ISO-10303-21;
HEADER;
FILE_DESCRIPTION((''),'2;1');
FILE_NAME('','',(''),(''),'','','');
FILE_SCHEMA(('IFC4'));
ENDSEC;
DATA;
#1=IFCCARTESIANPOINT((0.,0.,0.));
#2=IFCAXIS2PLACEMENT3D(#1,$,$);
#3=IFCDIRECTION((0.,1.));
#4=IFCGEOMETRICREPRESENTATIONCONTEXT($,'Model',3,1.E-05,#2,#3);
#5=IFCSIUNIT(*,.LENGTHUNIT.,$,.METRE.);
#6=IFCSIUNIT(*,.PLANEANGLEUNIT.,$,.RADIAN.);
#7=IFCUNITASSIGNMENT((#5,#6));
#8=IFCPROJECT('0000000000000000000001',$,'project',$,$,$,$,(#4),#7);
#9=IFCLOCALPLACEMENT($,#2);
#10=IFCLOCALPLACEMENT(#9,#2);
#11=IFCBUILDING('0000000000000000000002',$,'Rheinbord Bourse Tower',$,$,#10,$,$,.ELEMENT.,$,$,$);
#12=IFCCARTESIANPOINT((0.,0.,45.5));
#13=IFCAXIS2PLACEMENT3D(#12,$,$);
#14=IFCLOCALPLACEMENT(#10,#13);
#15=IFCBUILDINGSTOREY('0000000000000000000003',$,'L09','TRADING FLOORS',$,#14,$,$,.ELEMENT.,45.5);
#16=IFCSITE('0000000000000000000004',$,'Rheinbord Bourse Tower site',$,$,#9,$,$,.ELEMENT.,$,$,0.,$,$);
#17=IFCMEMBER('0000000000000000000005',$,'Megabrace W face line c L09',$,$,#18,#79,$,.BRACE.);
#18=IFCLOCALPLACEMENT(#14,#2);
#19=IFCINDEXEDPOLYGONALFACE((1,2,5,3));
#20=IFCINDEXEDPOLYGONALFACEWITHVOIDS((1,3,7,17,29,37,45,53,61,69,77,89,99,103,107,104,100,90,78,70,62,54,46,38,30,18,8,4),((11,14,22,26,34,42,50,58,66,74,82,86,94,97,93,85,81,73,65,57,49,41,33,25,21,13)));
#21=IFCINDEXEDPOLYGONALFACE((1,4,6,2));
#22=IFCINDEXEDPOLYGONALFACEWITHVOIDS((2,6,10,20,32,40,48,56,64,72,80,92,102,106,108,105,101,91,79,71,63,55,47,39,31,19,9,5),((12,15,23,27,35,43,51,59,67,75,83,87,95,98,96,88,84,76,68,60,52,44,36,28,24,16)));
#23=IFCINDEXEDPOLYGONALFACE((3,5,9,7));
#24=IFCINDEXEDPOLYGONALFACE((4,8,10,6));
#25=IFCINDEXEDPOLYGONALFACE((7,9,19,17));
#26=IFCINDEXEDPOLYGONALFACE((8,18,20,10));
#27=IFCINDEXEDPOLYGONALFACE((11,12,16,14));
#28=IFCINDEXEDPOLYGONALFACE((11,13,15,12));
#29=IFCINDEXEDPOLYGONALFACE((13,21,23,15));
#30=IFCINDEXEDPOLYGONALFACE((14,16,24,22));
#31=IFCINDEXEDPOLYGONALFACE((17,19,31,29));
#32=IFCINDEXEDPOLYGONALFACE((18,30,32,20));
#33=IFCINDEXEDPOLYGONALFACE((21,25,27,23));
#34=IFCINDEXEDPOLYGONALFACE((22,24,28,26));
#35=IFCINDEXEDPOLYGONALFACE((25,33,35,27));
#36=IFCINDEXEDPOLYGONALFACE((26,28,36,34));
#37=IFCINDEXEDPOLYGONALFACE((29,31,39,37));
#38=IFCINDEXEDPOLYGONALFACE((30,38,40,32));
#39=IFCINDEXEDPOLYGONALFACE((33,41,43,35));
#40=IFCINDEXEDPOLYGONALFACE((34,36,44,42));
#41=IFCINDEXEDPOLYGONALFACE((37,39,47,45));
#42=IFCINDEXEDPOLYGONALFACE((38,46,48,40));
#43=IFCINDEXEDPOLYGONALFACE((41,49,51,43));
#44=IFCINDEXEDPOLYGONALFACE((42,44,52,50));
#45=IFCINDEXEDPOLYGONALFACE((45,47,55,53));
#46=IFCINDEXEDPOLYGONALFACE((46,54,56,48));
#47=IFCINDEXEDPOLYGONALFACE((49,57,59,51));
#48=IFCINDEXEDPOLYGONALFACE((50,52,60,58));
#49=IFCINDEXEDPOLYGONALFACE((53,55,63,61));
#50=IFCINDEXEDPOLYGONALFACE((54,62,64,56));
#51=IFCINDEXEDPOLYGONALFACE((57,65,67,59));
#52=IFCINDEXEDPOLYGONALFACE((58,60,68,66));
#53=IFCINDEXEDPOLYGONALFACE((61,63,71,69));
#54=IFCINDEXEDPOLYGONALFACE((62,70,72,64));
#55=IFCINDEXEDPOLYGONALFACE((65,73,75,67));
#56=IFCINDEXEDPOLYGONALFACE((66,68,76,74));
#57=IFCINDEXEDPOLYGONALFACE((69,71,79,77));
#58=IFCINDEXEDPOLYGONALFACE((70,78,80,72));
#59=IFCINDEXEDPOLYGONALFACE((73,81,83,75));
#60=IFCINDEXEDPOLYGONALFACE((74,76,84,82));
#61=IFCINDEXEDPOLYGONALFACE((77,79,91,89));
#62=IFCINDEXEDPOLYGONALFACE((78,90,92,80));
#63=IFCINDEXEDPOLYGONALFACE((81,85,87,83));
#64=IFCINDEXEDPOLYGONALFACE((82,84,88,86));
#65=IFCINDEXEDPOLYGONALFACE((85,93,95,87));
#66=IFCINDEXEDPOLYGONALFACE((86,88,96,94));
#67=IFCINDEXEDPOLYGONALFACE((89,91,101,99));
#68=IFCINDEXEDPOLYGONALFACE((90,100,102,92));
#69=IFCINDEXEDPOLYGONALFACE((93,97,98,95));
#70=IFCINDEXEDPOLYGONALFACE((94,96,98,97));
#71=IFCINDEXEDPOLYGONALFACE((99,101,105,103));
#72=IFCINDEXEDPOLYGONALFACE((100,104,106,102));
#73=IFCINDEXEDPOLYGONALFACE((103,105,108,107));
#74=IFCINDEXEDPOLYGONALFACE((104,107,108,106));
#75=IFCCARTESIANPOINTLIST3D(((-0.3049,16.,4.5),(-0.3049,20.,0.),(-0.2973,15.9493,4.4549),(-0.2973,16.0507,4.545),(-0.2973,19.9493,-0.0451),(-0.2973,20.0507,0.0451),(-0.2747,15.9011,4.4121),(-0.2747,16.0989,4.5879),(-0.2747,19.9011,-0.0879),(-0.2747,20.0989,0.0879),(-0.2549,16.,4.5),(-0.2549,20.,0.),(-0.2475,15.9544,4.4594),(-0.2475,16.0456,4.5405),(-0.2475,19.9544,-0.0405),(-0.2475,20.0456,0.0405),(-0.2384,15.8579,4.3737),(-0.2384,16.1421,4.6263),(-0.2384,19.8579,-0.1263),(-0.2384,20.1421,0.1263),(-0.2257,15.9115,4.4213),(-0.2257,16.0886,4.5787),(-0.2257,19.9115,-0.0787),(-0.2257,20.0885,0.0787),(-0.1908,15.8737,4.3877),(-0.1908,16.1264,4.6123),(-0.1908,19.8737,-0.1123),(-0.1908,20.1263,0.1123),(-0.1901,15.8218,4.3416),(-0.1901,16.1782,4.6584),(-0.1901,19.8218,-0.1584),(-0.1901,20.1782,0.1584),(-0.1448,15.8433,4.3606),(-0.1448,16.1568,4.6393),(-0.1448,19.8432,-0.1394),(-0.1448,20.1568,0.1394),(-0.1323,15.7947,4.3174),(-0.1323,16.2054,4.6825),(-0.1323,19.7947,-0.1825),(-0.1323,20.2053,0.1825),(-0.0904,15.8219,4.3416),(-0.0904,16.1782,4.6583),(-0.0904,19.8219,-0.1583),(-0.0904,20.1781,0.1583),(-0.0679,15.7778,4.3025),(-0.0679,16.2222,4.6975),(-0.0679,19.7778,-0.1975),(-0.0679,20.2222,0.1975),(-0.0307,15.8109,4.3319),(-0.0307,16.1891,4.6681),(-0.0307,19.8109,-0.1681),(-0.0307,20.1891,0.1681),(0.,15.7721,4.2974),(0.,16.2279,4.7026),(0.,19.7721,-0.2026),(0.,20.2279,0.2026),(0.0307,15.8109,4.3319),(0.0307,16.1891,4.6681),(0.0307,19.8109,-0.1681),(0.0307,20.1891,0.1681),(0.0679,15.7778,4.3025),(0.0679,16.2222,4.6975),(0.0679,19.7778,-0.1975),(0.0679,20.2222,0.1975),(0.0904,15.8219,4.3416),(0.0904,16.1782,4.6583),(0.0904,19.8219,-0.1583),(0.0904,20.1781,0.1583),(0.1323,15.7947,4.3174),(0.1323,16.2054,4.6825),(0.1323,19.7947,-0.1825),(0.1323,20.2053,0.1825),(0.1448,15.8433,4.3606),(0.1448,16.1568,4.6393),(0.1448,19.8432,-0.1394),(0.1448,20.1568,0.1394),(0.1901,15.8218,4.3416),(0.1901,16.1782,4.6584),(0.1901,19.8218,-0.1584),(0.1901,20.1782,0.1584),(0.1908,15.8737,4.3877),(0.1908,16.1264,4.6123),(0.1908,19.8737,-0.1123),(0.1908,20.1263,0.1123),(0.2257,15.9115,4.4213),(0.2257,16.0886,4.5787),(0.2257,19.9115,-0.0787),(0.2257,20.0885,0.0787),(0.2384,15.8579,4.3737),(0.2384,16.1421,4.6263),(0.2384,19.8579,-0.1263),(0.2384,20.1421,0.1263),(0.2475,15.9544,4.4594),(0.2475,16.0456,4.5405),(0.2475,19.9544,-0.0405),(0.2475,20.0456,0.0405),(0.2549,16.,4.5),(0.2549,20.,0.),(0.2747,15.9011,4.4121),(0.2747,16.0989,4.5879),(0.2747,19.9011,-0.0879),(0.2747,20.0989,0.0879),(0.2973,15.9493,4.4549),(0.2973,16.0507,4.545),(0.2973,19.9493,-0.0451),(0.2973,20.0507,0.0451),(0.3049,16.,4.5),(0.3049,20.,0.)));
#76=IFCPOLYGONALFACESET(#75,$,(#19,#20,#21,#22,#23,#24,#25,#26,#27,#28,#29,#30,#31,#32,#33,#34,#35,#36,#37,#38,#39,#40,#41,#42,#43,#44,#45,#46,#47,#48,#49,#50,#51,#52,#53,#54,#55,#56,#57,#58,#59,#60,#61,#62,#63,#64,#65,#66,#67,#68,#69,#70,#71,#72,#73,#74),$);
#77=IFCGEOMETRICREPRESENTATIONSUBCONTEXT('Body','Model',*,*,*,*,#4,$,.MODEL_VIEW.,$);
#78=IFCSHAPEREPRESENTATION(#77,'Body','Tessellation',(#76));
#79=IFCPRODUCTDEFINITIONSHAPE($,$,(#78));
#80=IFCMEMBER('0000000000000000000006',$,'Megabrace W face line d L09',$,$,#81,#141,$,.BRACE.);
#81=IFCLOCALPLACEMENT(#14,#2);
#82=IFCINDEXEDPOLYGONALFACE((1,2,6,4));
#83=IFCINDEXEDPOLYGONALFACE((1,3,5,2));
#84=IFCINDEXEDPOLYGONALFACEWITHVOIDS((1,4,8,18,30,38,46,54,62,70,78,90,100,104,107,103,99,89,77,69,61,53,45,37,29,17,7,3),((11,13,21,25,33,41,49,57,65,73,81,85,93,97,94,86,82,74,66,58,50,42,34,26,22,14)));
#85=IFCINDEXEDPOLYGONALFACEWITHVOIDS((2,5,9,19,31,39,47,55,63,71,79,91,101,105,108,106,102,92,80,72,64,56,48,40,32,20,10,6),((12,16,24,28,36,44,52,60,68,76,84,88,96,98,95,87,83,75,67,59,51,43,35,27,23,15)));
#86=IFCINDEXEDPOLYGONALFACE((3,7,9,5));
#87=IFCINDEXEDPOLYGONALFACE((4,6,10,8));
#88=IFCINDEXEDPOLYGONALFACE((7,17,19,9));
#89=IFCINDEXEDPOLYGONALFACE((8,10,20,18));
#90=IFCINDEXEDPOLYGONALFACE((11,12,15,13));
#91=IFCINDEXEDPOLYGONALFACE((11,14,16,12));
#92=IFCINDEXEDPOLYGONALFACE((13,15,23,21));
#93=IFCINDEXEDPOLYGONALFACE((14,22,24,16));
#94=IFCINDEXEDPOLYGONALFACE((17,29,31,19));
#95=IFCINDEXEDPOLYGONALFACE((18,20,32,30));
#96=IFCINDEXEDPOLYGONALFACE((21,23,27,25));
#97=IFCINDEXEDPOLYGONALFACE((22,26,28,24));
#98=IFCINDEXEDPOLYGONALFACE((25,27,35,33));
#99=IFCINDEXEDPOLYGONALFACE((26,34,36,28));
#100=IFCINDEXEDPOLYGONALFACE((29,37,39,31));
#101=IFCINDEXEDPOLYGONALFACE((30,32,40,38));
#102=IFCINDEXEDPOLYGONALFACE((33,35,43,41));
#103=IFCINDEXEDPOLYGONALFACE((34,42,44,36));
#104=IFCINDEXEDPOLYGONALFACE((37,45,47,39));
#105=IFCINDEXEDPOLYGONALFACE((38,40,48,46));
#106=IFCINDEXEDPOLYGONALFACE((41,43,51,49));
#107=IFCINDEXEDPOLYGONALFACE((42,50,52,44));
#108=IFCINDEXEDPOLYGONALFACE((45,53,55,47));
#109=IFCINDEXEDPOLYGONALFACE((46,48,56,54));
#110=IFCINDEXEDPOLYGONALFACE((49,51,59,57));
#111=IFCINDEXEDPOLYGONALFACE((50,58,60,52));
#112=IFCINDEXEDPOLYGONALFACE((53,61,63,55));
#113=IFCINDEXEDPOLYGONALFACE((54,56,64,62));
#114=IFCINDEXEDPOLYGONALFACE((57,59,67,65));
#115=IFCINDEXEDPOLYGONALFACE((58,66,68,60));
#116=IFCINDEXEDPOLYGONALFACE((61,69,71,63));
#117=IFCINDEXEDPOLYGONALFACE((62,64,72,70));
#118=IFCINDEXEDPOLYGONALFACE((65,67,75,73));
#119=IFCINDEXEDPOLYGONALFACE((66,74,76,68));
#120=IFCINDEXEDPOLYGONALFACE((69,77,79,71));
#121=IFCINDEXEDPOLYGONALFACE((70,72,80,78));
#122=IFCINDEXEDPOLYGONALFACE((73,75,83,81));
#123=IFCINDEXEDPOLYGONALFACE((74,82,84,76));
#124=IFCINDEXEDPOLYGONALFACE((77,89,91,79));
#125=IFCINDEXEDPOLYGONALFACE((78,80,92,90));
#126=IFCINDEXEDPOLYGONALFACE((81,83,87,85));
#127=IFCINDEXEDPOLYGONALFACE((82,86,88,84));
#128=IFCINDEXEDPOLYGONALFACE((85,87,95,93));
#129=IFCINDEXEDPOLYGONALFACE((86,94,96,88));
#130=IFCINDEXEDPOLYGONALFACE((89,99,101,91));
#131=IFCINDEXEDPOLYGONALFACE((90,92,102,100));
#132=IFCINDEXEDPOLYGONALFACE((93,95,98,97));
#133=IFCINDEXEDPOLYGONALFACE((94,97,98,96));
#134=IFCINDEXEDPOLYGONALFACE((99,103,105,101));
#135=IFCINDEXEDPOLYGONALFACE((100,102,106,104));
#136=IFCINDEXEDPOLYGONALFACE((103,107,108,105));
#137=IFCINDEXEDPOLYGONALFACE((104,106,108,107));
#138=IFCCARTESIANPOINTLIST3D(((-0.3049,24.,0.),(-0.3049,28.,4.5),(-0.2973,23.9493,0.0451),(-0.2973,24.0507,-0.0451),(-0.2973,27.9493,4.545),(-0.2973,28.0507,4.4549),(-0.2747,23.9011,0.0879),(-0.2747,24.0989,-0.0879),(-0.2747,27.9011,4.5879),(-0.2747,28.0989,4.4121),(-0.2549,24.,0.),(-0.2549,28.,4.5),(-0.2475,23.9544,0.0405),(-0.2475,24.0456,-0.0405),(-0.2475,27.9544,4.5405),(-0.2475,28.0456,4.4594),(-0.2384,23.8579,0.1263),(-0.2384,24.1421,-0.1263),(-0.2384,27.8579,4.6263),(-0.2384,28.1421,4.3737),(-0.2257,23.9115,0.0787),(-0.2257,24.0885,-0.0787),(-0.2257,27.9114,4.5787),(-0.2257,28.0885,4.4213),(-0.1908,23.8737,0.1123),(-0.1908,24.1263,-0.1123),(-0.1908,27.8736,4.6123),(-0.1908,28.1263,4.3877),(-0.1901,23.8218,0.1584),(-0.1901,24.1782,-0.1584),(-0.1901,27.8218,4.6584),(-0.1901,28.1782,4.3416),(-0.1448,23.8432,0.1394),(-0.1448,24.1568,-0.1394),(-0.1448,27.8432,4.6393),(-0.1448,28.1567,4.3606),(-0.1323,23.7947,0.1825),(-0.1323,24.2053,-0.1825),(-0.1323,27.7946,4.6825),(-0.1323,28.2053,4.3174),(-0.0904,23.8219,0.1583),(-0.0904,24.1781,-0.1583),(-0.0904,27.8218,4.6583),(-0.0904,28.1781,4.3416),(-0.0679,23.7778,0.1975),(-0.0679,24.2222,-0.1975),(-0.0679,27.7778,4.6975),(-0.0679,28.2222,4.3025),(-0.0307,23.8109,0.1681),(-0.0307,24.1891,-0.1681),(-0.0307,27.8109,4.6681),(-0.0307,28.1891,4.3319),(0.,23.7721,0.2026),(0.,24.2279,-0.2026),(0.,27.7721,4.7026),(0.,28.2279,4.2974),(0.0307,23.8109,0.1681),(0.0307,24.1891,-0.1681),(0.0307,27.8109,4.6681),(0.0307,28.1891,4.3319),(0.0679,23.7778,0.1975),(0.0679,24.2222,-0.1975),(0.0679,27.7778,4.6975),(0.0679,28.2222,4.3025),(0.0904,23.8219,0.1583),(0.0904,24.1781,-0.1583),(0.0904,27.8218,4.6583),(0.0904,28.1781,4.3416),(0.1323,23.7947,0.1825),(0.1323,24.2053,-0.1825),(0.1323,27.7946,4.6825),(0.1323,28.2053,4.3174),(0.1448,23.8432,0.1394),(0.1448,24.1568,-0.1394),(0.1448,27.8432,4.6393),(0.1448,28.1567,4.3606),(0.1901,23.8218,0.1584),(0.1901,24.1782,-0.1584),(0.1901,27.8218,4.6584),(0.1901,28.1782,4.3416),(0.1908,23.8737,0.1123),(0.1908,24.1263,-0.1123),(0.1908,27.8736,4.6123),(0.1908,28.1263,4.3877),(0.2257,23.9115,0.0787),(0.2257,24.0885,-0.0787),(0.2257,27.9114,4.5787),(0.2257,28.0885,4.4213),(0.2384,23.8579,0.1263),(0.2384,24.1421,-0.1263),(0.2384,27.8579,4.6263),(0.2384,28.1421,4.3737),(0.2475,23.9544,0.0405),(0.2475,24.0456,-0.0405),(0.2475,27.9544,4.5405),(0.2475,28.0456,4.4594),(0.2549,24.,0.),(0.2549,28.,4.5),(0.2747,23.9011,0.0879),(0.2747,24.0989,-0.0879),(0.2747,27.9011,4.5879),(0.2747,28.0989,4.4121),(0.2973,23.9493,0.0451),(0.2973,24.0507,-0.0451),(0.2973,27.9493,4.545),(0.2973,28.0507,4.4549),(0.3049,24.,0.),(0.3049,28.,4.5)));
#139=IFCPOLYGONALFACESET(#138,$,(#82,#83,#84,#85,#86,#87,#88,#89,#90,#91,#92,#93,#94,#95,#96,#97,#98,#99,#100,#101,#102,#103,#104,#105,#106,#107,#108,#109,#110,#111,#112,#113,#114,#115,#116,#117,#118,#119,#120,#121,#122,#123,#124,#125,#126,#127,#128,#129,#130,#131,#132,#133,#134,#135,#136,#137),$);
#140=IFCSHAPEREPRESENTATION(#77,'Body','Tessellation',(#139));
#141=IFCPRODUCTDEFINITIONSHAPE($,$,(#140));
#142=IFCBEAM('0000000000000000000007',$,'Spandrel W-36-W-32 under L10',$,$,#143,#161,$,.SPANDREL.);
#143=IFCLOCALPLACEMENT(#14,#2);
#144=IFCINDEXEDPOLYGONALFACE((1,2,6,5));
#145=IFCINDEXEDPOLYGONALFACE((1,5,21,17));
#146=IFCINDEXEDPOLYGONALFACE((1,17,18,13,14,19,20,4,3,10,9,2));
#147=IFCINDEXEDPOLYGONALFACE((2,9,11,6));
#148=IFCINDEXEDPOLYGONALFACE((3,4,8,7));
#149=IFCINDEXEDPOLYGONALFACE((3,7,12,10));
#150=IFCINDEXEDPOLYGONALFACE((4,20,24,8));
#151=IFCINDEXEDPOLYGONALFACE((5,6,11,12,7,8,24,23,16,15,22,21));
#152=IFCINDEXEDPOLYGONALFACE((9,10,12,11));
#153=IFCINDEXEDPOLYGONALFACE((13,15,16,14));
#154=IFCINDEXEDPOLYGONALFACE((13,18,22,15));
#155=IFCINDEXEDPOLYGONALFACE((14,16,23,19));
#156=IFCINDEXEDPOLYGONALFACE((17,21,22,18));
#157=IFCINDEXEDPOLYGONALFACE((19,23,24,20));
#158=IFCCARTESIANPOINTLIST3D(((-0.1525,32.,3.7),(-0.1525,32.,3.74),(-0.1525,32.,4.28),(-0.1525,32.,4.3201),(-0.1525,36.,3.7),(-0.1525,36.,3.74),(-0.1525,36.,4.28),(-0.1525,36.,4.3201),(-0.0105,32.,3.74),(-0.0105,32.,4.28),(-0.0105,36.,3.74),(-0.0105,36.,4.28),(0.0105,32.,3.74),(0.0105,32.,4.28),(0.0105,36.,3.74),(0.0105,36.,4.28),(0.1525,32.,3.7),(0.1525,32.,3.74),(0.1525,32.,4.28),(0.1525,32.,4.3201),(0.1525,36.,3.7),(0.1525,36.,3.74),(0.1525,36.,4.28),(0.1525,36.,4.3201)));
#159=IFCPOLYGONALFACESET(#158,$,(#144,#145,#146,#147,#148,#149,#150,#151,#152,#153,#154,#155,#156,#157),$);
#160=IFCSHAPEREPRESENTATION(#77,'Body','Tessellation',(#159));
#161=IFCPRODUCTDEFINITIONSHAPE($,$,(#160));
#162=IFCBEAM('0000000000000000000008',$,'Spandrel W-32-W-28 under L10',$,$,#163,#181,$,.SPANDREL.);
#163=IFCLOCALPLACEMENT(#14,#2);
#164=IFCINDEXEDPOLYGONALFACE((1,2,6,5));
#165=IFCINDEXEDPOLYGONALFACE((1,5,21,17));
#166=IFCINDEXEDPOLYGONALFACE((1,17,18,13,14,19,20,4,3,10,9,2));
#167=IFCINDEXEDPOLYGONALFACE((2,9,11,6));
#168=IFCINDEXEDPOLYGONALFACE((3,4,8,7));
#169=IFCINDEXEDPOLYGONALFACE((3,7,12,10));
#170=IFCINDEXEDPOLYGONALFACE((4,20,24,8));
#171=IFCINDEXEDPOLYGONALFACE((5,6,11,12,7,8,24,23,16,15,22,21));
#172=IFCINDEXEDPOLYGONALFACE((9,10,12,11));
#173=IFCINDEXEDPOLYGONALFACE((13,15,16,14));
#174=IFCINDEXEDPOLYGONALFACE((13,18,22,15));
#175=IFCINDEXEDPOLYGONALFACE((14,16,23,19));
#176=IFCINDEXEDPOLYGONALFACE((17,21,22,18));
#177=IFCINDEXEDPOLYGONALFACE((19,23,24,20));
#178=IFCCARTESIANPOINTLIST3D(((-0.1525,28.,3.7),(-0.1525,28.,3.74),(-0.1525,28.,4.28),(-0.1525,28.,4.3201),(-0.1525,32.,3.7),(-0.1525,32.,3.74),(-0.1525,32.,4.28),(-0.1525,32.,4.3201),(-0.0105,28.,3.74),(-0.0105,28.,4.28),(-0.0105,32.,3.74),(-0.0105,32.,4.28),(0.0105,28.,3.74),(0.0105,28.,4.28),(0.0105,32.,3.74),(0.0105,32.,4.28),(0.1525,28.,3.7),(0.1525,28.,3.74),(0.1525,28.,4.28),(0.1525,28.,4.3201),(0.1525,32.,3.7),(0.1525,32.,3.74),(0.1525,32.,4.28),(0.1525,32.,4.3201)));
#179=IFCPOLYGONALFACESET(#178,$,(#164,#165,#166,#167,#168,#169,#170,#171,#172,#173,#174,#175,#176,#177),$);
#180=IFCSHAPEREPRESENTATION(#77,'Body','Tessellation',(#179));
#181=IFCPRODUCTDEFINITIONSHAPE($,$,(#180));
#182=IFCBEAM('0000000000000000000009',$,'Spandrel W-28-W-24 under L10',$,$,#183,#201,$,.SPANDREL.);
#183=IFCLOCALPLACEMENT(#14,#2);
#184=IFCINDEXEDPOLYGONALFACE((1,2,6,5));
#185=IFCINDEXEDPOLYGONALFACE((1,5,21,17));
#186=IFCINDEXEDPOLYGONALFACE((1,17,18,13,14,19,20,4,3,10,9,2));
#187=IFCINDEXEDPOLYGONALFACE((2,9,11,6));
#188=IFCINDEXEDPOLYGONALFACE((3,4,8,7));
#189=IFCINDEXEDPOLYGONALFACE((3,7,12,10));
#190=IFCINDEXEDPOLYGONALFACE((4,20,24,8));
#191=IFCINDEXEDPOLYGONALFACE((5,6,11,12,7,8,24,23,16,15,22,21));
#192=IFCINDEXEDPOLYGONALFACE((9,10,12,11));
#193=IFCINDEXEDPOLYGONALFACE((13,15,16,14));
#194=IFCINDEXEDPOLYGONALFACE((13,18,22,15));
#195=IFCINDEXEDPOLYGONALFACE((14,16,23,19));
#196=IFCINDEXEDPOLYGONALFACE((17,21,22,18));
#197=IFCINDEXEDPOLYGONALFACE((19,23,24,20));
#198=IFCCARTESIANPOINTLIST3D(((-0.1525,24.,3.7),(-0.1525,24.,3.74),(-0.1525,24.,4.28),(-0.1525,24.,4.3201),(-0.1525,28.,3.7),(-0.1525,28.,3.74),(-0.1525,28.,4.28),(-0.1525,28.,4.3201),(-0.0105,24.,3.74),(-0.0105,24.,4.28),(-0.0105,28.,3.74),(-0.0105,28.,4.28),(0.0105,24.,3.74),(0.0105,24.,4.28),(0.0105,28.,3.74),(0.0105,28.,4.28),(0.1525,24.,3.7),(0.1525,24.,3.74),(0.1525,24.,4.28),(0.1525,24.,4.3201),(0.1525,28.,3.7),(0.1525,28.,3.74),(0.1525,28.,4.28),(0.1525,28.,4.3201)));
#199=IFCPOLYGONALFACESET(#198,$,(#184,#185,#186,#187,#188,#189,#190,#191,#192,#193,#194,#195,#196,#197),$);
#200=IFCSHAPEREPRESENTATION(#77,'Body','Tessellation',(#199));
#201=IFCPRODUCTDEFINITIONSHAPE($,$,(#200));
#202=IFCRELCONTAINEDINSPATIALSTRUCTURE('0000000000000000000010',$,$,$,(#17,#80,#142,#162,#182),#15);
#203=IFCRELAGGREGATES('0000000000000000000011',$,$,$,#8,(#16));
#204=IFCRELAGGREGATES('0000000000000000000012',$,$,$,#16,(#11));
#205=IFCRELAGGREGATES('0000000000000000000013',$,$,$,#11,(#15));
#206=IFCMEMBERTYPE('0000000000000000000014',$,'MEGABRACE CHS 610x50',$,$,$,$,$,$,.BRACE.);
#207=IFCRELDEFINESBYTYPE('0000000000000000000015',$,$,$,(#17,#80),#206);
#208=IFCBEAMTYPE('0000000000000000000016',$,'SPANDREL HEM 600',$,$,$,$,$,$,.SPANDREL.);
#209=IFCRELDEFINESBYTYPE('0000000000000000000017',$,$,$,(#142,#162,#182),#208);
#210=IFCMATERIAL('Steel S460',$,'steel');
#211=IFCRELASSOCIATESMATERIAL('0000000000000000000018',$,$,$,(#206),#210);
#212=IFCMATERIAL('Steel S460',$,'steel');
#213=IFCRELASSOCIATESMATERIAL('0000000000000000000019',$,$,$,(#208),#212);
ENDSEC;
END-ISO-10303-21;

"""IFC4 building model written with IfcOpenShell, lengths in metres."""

from ifc_helpers import new_model, si_unit, direction, frame, origin, origin_2d, place, context, subcontext, project, spatial, hollow_circle, i_section, extrude, material, material_profile, profile_set, type_object, element, save


model = new_model("IFC4")

# Units and contexts
model_context = context("Model", 3, precision=1e-05, world=origin(), true_north=direction((0.0, 1.0)))
body_context = subcontext(model_context, "Body", "Model", "MODEL_VIEW")
ifc_project = project(units=[si_unit("LENGTHUNIT", "METRE"), si_unit("PLANEANGLEUNIT", "RADIAN")], contexts=[model_context])

# Site, building, storey
site_placement = place(None, origin())
site = spatial("IfcSite", under=ifc_project, at=site_placement, Name="Rheinbord Bourse Tower site", CompositionType="ELEMENT", RefElevation=0.0)
building_placement = place(site_placement, origin())
building = spatial("IfcBuilding", under=site, at=building_placement, Name="Rheinbord Bourse Tower", CompositionType="ELEMENT")
storey_placement = place(building_placement, frame((0.0, 0.0, 45.5)))
storey = spatial("IfcBuildingStorey", under=building, at=storey_placement, Name="L09", Description="TRADING FLOORS", CompositionType="ELEMENT", Elevation=45.5)

# Members
ifc_material_1 = material(Name="Steel S460", Category="steel")
ifc_material_profile_1 = material_profile(ifc_material_1, hollow_circle(Radius=0.3049, WallThickness=0.05, at=origin_2d()), Name="CHS 610x50")
ifc_profile_set_1 = profile_set([ifc_material_profile_1], Name="Steel S460")
member_type_1 = type_object("IfcMemberType", Name="MEGABRACE CHS 610x50", PredefinedType="BRACE", material=ifc_profile_set_1)
for number, where, z_axis, x_axis, name in (
    (1, (0.0, 20.0, 0.0), (0.0, -0.664364, 0.747409), (1.0, 0.0, 0.0), "Megabrace W face line c L09"),
    (2, (0.0, 24.0, 0.0), (0.0, 0.664364, 0.747409), (-1.0, 0.0, 0.0), "Megabrace W face line d L09"),
):
    element("IfcMember", number, at=place(storey_placement, frame(where, z_axis=z_axis, x_axis=x_axis)), inside=storey, type_object=member_type_1, Name=name, PredefinedType="BRACE", context=body_context, shape_type="SweptSolid", body=[
        extrude(hollow_circle(Radius=0.3049, WallThickness=0.05, at=origin_2d()), origin(), (0.0, 0.0, 1.0), 6.0208),
    ])

# Beams
ifc_material_2 = material(Name="Steel S460", Category="steel")
ifc_material_profile_2 = material_profile(ifc_material_2, i_section(OverallWidth=0.3049, OverallDepth=0.6201, WebThickness=0.021, FlangeThickness=0.04, at=origin_2d()), Name="HEM 600")
ifc_profile_set_2 = profile_set([ifc_material_profile_2], Name="Steel S460")
beam_type_1 = type_object("IfcBeamType", Name="SPANDREL HEM 600", PredefinedType="SPANDREL", material=ifc_profile_set_2)
for number, where, z_axis, x_axis, name in (
    (3, (0.0, 36.0, 4.01), (0.0, -1.0, 0.0), (1.0, 0.0, 0.0), "Spandrel W-36-W-32 under L10"),
    (4, (0.0, 32.0, 4.01), (0.0, -1.0, 0.0), (1.0, 0.0, 0.0), "Spandrel W-32-W-28 under L10"),
    (5, (0.0, 28.0, 4.01), (0.0, -1.0, 0.0), (1.0, 0.0, 0.0), "Spandrel W-28-W-24 under L10"),
):
    element("IfcBeam", number, at=place(storey_placement, frame(where, z_axis=z_axis, x_axis=x_axis)), inside=storey, type_object=beam_type_1, Name=name, PredefinedType="SPANDREL", context=body_context, shape_type="SweptSolid", body=[
        extrude(i_section(OverallWidth=0.3049, OverallDepth=0.6201, WebThickness=0.021, FlangeThickness=0.04, at=origin_2d()), origin(), (0.0, 0.0, 1.0), 4.0),
    ])

save(model, "model.ifc")
